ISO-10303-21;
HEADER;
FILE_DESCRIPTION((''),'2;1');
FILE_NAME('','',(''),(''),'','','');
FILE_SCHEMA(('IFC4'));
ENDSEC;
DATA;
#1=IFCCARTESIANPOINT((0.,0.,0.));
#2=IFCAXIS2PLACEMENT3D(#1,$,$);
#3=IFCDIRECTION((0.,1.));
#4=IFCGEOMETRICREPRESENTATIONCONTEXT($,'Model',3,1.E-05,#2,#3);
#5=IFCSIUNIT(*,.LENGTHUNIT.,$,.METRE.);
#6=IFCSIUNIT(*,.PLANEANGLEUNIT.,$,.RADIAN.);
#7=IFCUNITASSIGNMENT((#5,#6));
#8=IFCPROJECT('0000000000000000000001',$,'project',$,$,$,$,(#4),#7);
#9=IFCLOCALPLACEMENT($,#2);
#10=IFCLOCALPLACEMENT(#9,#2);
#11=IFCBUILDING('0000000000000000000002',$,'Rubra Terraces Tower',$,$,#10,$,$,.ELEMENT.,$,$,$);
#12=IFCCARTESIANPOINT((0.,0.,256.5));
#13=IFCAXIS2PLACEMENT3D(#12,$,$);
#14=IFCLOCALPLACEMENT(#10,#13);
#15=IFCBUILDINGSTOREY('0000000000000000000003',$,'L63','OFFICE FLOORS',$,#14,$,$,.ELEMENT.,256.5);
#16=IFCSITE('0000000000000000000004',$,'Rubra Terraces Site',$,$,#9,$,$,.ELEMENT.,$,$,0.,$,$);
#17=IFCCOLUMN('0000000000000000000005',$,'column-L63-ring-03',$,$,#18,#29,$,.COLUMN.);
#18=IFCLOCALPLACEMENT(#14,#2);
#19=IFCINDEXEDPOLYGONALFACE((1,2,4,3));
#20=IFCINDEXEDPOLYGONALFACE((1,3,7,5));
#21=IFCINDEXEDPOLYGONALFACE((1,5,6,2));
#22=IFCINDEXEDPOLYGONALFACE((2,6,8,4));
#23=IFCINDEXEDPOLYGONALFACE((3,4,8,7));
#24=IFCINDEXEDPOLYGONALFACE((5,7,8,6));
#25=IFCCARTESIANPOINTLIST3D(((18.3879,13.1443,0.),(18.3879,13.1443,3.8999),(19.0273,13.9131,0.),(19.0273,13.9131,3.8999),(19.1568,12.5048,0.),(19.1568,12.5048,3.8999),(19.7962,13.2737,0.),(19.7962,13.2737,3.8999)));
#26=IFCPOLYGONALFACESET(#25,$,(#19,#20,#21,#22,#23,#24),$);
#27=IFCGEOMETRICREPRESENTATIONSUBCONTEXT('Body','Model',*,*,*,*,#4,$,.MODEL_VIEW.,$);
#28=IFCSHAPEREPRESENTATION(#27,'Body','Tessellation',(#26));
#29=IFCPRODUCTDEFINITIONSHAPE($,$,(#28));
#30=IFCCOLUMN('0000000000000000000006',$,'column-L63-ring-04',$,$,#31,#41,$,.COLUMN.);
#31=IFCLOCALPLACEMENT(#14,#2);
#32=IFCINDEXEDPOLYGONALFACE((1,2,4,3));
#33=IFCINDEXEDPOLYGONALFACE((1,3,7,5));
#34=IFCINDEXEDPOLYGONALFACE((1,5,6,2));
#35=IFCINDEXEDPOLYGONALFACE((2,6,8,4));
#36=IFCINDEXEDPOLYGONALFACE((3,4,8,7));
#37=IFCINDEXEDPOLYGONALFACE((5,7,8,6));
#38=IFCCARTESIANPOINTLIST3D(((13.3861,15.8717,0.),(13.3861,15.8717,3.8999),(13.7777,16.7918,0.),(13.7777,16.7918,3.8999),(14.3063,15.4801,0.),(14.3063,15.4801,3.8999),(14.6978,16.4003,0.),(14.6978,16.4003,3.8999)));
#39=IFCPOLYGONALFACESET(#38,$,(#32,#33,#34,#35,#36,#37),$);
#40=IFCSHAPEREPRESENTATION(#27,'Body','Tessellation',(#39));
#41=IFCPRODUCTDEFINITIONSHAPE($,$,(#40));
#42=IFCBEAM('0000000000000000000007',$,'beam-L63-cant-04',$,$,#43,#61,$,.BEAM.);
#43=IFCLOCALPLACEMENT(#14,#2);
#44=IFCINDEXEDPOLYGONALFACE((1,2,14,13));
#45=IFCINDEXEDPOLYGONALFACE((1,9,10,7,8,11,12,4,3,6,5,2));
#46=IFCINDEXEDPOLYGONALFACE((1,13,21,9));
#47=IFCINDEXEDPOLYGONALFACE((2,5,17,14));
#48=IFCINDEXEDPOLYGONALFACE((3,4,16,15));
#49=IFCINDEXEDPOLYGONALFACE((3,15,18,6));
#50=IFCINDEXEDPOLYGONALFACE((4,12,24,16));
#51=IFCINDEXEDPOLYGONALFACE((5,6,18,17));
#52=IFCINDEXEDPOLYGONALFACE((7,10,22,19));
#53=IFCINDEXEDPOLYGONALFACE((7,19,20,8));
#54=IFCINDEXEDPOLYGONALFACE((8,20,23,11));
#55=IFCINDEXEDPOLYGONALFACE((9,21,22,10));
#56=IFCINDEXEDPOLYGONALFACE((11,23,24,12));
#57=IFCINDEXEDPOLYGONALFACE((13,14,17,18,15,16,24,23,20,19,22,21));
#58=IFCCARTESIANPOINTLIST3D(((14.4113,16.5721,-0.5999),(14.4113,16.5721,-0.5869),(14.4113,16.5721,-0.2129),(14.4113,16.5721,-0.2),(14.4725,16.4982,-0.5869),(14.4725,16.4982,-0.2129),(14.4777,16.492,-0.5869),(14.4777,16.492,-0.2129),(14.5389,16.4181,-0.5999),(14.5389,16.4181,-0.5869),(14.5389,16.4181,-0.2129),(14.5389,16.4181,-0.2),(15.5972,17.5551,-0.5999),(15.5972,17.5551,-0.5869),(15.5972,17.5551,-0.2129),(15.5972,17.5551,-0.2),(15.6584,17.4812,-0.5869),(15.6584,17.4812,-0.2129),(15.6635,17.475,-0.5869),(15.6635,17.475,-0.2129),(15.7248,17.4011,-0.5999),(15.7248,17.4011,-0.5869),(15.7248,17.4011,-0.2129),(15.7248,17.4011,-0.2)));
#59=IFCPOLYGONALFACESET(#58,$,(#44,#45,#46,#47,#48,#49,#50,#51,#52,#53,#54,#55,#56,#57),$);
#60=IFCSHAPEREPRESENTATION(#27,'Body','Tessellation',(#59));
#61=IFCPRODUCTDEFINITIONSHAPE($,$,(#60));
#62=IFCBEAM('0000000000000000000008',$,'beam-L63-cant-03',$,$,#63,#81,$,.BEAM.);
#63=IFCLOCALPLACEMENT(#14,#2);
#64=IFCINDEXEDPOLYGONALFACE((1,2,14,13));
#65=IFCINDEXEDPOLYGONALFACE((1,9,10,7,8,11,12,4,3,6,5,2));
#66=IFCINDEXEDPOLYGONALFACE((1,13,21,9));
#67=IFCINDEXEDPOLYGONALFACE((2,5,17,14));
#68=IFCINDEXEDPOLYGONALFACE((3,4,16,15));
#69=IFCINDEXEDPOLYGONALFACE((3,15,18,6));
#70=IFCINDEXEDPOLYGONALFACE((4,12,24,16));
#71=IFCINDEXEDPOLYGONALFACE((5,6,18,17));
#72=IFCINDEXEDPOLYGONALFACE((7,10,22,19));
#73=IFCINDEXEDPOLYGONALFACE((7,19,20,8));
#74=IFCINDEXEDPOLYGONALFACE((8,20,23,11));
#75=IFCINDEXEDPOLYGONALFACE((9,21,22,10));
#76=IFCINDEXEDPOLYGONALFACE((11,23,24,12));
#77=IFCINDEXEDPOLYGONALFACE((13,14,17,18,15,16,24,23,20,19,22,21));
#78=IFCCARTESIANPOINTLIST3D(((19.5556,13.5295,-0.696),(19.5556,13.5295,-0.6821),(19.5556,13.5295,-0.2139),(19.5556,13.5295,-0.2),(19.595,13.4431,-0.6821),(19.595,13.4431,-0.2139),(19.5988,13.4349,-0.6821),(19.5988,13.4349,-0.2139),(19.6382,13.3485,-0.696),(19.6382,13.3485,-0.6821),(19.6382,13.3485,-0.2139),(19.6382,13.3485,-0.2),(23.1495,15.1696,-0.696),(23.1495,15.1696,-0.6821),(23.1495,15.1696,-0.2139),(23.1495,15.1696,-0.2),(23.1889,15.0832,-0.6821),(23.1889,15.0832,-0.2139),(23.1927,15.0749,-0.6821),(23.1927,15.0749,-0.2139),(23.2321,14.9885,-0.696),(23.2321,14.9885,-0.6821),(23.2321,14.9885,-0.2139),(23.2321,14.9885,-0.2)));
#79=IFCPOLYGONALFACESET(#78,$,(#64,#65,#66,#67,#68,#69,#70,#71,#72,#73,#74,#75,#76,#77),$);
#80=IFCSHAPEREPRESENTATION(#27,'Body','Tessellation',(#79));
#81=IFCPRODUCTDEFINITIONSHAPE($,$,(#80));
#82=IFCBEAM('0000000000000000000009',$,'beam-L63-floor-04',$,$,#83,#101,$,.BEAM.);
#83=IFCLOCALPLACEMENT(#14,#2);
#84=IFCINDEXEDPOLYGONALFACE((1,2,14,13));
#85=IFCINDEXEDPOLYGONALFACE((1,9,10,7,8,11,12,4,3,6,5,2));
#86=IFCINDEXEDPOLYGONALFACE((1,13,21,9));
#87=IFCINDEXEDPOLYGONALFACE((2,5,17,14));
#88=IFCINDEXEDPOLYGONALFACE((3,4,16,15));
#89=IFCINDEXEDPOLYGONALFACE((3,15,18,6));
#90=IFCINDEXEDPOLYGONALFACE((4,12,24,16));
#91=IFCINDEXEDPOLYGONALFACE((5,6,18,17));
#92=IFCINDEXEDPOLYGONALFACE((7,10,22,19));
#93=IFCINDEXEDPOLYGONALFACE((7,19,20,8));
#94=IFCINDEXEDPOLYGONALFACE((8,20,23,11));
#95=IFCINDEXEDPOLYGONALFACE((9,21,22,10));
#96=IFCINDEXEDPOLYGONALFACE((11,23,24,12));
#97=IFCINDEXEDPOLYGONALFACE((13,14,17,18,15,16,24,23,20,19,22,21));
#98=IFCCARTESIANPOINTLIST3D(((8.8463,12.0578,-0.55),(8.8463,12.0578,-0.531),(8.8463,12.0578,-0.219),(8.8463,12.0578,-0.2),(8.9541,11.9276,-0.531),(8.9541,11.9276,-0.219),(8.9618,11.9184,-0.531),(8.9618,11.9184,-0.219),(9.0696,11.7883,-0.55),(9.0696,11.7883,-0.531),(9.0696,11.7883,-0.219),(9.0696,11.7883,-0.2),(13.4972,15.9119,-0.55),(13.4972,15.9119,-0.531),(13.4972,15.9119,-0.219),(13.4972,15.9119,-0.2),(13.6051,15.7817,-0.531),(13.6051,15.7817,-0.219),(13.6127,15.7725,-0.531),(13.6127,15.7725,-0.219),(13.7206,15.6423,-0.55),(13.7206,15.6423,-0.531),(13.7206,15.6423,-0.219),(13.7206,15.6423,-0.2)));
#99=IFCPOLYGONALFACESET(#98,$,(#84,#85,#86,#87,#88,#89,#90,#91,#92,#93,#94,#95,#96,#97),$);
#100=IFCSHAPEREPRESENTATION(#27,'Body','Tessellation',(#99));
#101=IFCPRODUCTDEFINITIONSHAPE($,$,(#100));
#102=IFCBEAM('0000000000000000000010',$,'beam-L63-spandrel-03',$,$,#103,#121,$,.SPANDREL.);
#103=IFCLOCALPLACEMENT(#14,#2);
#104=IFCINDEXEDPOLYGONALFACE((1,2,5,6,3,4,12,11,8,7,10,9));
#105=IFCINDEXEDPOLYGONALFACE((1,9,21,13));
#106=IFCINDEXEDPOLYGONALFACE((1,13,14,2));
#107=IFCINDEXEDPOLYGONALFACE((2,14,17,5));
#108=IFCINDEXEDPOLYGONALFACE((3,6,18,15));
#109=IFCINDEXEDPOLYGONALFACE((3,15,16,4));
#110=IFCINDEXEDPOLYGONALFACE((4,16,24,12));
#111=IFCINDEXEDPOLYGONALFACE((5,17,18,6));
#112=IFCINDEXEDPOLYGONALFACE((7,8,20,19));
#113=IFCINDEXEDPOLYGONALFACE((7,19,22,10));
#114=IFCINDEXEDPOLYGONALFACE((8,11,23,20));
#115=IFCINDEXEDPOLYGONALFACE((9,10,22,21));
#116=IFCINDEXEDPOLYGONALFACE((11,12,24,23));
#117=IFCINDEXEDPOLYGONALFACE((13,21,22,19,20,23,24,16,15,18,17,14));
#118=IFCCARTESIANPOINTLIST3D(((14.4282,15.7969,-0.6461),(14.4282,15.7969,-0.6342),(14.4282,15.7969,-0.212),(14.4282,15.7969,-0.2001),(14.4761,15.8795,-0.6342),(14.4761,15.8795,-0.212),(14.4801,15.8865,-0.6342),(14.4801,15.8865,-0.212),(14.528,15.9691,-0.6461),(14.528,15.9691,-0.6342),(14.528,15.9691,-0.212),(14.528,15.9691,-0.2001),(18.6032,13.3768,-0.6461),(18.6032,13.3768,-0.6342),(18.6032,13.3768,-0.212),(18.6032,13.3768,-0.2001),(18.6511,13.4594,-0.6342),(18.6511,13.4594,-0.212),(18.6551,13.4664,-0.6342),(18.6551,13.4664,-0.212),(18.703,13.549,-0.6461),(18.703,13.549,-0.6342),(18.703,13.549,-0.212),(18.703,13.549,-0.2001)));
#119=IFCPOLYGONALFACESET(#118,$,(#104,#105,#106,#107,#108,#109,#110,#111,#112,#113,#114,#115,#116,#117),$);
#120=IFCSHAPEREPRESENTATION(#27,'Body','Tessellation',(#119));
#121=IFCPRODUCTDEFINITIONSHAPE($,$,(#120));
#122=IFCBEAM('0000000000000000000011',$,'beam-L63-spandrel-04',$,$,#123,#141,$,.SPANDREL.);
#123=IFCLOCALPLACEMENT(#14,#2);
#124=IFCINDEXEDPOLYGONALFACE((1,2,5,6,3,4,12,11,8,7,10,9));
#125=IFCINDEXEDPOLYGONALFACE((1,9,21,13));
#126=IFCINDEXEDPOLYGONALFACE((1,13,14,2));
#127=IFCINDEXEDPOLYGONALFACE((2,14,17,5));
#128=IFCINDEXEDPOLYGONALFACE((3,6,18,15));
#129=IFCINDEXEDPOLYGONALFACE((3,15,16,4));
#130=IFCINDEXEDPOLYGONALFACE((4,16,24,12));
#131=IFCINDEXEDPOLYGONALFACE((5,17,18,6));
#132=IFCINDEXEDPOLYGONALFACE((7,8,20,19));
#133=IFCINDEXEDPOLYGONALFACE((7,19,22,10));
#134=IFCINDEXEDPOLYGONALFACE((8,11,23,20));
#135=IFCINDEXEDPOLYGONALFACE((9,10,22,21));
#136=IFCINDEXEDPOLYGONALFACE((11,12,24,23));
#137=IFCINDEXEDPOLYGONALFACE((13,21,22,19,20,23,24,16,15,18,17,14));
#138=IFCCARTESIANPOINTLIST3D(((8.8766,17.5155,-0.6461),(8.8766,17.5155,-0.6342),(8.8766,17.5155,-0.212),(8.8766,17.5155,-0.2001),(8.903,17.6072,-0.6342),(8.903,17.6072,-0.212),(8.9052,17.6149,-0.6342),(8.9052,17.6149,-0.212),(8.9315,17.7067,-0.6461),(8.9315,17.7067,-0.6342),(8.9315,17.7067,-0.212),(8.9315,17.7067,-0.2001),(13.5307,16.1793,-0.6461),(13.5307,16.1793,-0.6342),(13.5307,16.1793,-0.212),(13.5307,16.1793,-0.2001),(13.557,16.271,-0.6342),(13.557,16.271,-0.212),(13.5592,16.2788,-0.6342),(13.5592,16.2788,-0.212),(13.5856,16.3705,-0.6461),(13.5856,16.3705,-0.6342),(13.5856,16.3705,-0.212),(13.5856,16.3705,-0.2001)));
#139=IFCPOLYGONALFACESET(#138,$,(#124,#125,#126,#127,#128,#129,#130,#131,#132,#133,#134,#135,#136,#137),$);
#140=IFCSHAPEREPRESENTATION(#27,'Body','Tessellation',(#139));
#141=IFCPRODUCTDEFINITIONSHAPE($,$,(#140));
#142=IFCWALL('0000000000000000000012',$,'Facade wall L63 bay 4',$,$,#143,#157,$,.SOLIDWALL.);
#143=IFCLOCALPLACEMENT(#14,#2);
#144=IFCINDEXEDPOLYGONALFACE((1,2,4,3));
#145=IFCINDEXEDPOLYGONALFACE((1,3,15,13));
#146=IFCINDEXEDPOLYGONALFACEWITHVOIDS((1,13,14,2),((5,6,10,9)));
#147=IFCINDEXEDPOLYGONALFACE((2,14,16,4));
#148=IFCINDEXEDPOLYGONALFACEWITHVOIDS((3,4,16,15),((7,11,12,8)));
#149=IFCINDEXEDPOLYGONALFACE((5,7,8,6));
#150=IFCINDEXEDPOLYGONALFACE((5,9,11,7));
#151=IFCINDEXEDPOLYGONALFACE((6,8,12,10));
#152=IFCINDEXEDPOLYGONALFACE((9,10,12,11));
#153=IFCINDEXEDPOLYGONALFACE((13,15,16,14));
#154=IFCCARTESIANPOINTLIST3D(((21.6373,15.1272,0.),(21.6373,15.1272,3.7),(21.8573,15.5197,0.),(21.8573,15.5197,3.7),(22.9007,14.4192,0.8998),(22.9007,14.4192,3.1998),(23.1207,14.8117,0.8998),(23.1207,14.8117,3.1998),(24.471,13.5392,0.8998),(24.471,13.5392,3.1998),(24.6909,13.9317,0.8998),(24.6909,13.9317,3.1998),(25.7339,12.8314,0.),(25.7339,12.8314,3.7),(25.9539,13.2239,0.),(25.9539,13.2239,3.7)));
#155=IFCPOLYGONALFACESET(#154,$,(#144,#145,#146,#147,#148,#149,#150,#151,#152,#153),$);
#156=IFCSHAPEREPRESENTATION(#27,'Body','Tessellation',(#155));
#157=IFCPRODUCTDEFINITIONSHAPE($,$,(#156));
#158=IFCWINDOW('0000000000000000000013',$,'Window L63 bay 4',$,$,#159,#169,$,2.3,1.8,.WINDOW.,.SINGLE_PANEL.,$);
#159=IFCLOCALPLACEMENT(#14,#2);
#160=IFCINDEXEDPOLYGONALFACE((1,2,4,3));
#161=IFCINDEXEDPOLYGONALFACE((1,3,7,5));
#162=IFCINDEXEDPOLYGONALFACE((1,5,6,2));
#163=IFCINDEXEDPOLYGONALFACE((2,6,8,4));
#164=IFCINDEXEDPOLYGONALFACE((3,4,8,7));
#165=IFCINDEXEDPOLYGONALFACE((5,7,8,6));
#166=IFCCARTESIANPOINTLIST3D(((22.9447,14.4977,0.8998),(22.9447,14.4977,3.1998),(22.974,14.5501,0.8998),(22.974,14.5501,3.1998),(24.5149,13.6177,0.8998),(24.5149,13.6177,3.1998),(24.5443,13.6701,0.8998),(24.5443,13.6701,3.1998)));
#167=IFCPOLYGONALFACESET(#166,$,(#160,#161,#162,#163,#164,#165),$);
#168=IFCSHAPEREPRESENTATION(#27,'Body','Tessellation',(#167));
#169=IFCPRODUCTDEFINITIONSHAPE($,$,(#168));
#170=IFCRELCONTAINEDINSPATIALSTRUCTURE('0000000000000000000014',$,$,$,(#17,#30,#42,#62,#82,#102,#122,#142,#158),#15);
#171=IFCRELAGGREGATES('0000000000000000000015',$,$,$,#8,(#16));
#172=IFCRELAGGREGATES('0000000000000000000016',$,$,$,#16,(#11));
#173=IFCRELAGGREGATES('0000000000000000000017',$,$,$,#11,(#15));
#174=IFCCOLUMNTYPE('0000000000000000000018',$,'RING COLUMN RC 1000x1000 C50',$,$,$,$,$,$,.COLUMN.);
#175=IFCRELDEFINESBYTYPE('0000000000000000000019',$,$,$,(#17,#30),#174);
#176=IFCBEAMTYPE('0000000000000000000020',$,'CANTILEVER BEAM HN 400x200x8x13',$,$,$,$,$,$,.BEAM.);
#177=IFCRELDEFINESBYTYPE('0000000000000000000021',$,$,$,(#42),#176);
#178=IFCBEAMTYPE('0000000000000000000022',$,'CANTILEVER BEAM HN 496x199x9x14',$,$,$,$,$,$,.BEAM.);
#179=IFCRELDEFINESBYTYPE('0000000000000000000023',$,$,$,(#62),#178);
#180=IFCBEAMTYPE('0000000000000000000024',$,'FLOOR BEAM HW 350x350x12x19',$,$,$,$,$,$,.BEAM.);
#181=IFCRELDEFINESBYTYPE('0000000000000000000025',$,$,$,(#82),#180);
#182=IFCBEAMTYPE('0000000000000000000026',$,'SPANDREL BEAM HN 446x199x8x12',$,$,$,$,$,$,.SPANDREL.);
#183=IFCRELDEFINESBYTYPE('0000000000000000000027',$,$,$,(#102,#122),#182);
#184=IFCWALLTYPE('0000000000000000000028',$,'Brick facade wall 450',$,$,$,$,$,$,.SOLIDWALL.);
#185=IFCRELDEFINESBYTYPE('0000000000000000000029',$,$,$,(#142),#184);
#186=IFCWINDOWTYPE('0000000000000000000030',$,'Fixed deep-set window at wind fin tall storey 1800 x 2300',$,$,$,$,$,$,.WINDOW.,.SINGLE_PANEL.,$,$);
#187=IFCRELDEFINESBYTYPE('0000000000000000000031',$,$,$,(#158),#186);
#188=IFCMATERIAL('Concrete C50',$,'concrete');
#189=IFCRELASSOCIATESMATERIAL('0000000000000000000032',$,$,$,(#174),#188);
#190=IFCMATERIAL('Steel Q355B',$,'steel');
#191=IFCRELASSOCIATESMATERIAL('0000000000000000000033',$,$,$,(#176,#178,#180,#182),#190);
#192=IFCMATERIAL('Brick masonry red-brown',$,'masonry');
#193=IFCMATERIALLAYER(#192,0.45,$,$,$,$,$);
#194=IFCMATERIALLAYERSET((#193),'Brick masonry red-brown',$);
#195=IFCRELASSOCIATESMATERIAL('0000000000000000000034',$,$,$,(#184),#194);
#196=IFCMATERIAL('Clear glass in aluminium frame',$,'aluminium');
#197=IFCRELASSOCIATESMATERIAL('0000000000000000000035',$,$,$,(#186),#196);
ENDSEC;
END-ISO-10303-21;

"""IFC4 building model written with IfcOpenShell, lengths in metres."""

from ifc_helpers import new_model, si_unit, direction, frame, frame_2d, origin, origin_2d, place, context, subcontext, project, spatial, rectangle, i_section, extrude, material, layer, layer_set, material_profile, profile_set, type_object, element, fill, save


model = new_model("IFC4")

# Units and contexts
model_context = context("Model", 3, precision=1e-05, world=origin(), true_north=direction((0.0, 1.0)))
body_context = subcontext(model_context, "Body", "Model", "MODEL_VIEW")
ifc_project = project(units=[si_unit("LENGTHUNIT", "METRE"), si_unit("PLANEANGLEUNIT", "RADIAN")], contexts=[model_context])

# Site, building, storey
site_placement = place(None, origin())
site = spatial("IfcSite", under=ifc_project, at=site_placement, Name="Rubra Terraces Site", CompositionType="ELEMENT", RefElevation=0.0)
building_placement = place(site_placement, origin())
building = spatial("IfcBuilding", under=site, at=building_placement, Name="Rubra Terraces Tower", CompositionType="ELEMENT")
storey_placement = place(building_placement, frame((0.0, 0.0, 256.5)))
storey = spatial("IfcBuildingStorey", under=building, at=storey_placement, Name="L63", Description="OFFICE FLOORS", CompositionType="ELEMENT", Elevation=256.5)

# Columns
ifc_material_1 = material(Name="Concrete C50", Category="concrete")
ifc_material_profile_1 = material_profile(ifc_material_1, rectangle(XDim=1.0, YDim=1.0, at=origin_2d()), Name="RC 1000x1000")
ifc_profile_set_1 = profile_set([ifc_material_profile_1], Name="Concrete C50")
column_type = type_object("IfcColumnType", Name="RING COLUMN RC 1000x1000 C50", PredefinedType="COLUMN", material=ifc_profile_set_1)
for number, where, z_axis, x_axis, name in (
    (1, (19.092, 13.209, 0.0), (0.0, 0.0, 1.0), (-0.76887, 0.639405, 0.0), "column-L63-ring-03"),
    (2, (14.042, 16.136, 0.0), (0.0, 0.0, 1.0), (-0.920168, 0.391524, 0.0), "column-L63-ring-04"),
):
    element("IfcColumn", number, at=place(storey_placement, frame(where, z_axis=z_axis, x_axis=x_axis)), inside=storey, type_object=column_type, Name=name, PredefinedType="COLUMN", context=body_context, shape_type="SweptSolid", body=[
        extrude(rectangle(XDim=1.0, YDim=1.0, at=origin_2d()), origin(), (0.0, 0.0, 1.0), 3.8999),
    ])

# Beams
ifc_material_2 = material(Name="Steel Q355B", Category="steel")
ifc_material_profile_2 = material_profile(ifc_material_2, i_section(OverallWidth=0.2, OverallDepth=0.3999, WebThickness=0.0081, FlangeThickness=0.0129, at=origin_2d()), Name="HN 400x200x8x13")
ifc_profile_set_2 = profile_set([ifc_material_profile_2], Name="Steel Q355B")
beam_type_1 = type_object("IfcBeamType", Name="CANTILEVER BEAM HN 400x200x8x13", PredefinedType="BEAM", material=ifc_profile_set_2)
beam_1_placement = place(storey_placement, frame((14.4751, 16.4951, -0.3999), z_axis=(0.769895, 0.638171, 0.0), x_axis=(-0.638171, 0.769895, 0.0)))
element("IfcBeam", 3, at=beam_1_placement, inside=storey, type_object=beam_type_1, Name="beam-L63-cant-04", PredefinedType="BEAM", context=body_context, shape_type="SweptSolid", body=[
    extrude(i_section(OverallWidth=0.2, OverallDepth=0.3999, WebThickness=0.0081, FlangeThickness=0.0129, at=origin_2d()), origin(), (0.0, 0.0, 1.0), 1.5403),
])
ifc_material_profile_3 = material_profile(ifc_material_2, i_section(OverallWidth=0.199, OverallDepth=0.4961, WebThickness=0.009, FlangeThickness=0.0139, at=origin_2d()), Name="HN 496x199x9x14")
ifc_profile_set_3 = profile_set([ifc_material_profile_3], Name="Steel Q355B")
beam_type_2 = type_object("IfcBeamType", Name="CANTILEVER BEAM HN 496x199x9x14", PredefinedType="BEAM", material=ifc_profile_set_3)
beam_2_placement = place(storey_placement, frame((19.5969, 13.439, -0.448), z_axis=(0.909745, 0.415167, 0.0), x_axis=(-0.415167, 0.909745, 0.0)))
element("IfcBeam", 4, at=beam_2_placement, inside=storey, type_object=beam_type_2, Name="beam-L63-cant-03", PredefinedType="BEAM", context=body_context, shape_type="SweptSolid", body=[
    extrude(i_section(OverallWidth=0.199, OverallDepth=0.4961, WebThickness=0.009, FlangeThickness=0.0139, at=origin_2d()), origin(), (0.0, 0.0, 1.0), 3.9504),
])
ifc_material_profile_4 = material_profile(ifc_material_2, i_section(OverallWidth=0.3501, OverallDepth=0.3501, WebThickness=0.012, FlangeThickness=0.019, at=origin_2d()), Name="HW 350x350x12x19")
ifc_profile_set_4 = profile_set([ifc_material_profile_4], Name="Steel Q355B")
beam_type_3 = type_object("IfcBeamType", Name="FLOOR BEAM HW 350x350x12x19", PredefinedType="BEAM", material=ifc_profile_set_4)
beam_3_placement = place(storey_placement, frame((13.6089, 15.7771, -0.375), z_axis=(-0.769988, -0.638059, 0.0), x_axis=(0.638059, -0.769988, 0.0)))
element("IfcBeam", 5, at=beam_3_placement, inside=storey, type_object=beam_type_3, Name="beam-L63-floor-04", PredefinedType="BEAM", context=body_context, shape_type="SweptSolid", body=[
    extrude(i_section(OverallWidth=0.3501, OverallDepth=0.3501, WebThickness=0.012, FlangeThickness=0.019, at=origin_2d()), origin(), (0.0, 0.0, 1.0), 6.0403),
])
ifc_material_profile_5 = material_profile(ifc_material_2, i_section(OverallWidth=0.199, OverallDepth=0.446, WebThickness=0.0081, FlangeThickness=0.012, at=origin_2d()), Name="HN 446x199x8x12")
ifc_profile_set_5 = profile_set([ifc_material_profile_5], Name="Steel Q355B")
beam_type_4 = type_object("IfcBeamType", Name="SPANDREL BEAM HN 446x199x8x12", PredefinedType="SPANDREL", material=ifc_profile_set_5)
beam_4_placement = place(storey_placement, frame((18.6531, 13.4629, -0.4231), z_axis=(-0.865154, 0.501507, 0.0), x_axis=(-0.501507, -0.865154, 0.0)))
element("IfcBeam", 6, at=beam_4_placement, inside=storey, type_object=beam_type_4, Name="beam-L63-spandrel-03", PredefinedType="SPANDREL", context=body_context, shape_type="SweptSolid", body=[
    extrude(i_section(OverallWidth=0.199, OverallDepth=0.446, WebThickness=0.0081, FlangeThickness=0.012, at=origin_2d()), origin(), (0.0, 0.0, 1.0), 4.8257),
])
beam_5_placement = place(storey_placement, frame((13.5581, 16.2749, -0.4231), z_axis=(-0.961171, 0.275953, 0.0), x_axis=(-0.275953, -0.961171, 0.0)))
element("IfcBeam", 7, at=beam_5_placement, inside=storey, type_object=beam_type_4, Name="beam-L63-spandrel-04", PredefinedType="SPANDREL", context=body_context, shape_type="SweptSolid", body=[
    extrude(i_section(OverallWidth=0.199, OverallDepth=0.446, WebThickness=0.0081, FlangeThickness=0.012, at=origin_2d()), origin(), (0.0, 0.0, 1.0), 4.842),
])

# Wall, opening, window
ifc_material_3 = material(Name="Brick masonry red-brown", Category="masonry")
ifc_layer_1 = layer(ifc_material_3, 0.45)
ifc_layer_set_1 = layer_set([ifc_layer_1], Name="Brick masonry red-brown")
wall_type_1 = type_object("IfcWallType", Name="Brick facade wall 450", PredefinedType="SOLIDWALL", material=ifc_layer_set_1)
wall_1_placement = place(storey_placement, frame((25.844, 13.0276, 0.0), z_axis=(0.0, 0.0, 1.0), x_axis=(-0.872346, 0.488888, 0.0)))
wall_1 = element("IfcWall", 8, at=wall_1_placement, inside=storey, type_object=wall_type_1, Name="Facade wall L63 bay 4", PredefinedType="SOLIDWALL", context=body_context, shape_type="SweptSolid", body=[
    extrude(rectangle(XDim=4.696, YDim=0.45, at=frame_2d((2.3481, 0.0))), origin(), (0.0, 0.0, 1.0), 3.7),
])
opening_1_placement = place(wall_1_placement, frame((1.448, 0.0, 0.8999)))
opening_1 = element("IfcOpeningElement", 9, at=opening_1_placement, cuts=wall_1, PredefinedType="OPENING", context=body_context, shape_type="SweptSolid", body=[
    extrude(rectangle(XDim=1.8, YDim=2.3, at=frame_2d((0.8999, 1.1499))), frame((0.0, 0.2349, 0.0), z_axis=(0.0, -1.0, 0.0), x_axis=(1.0, 0.0, 0.0)), (0.0, 0.0, 1.0), 0.47),
])
ifc_material_4 = material(Name="Clear glass in aluminium frame", Category="aluminium")
window_type_1 = type_object("IfcWindowType", Name="Fixed deep-set window at wind fin tall storey 1800 x 2300", PartitioningType="SINGLE_PANEL", PredefinedType="WINDOW", material=ifc_material_4)
window_1_placement = place(opening_1_placement, origin())
window_1 = element("IfcWindow", 10, at=window_1_placement, inside=storey, type_object=window_type_1, Name="Window L63 bay 4", OverallHeight=2.3, OverallWidth=1.8, PartitioningType="SINGLE_PANEL", PredefinedType="WINDOW", context=body_context, shape_type="SweptSolid", body=[
    extrude(rectangle(XDim=1.8, YDim=2.3, at=frame_2d((0.8999, 1.1499))), frame((0.0, 0.135, 0.0), z_axis=(0.0, -1.0, 0.0), x_axis=(1.0, 0.0, 0.0)), (0.0, 0.0, 1.0), 0.0601),
])
fill(opening_1, window_1)

save(model, "model.ifc")
